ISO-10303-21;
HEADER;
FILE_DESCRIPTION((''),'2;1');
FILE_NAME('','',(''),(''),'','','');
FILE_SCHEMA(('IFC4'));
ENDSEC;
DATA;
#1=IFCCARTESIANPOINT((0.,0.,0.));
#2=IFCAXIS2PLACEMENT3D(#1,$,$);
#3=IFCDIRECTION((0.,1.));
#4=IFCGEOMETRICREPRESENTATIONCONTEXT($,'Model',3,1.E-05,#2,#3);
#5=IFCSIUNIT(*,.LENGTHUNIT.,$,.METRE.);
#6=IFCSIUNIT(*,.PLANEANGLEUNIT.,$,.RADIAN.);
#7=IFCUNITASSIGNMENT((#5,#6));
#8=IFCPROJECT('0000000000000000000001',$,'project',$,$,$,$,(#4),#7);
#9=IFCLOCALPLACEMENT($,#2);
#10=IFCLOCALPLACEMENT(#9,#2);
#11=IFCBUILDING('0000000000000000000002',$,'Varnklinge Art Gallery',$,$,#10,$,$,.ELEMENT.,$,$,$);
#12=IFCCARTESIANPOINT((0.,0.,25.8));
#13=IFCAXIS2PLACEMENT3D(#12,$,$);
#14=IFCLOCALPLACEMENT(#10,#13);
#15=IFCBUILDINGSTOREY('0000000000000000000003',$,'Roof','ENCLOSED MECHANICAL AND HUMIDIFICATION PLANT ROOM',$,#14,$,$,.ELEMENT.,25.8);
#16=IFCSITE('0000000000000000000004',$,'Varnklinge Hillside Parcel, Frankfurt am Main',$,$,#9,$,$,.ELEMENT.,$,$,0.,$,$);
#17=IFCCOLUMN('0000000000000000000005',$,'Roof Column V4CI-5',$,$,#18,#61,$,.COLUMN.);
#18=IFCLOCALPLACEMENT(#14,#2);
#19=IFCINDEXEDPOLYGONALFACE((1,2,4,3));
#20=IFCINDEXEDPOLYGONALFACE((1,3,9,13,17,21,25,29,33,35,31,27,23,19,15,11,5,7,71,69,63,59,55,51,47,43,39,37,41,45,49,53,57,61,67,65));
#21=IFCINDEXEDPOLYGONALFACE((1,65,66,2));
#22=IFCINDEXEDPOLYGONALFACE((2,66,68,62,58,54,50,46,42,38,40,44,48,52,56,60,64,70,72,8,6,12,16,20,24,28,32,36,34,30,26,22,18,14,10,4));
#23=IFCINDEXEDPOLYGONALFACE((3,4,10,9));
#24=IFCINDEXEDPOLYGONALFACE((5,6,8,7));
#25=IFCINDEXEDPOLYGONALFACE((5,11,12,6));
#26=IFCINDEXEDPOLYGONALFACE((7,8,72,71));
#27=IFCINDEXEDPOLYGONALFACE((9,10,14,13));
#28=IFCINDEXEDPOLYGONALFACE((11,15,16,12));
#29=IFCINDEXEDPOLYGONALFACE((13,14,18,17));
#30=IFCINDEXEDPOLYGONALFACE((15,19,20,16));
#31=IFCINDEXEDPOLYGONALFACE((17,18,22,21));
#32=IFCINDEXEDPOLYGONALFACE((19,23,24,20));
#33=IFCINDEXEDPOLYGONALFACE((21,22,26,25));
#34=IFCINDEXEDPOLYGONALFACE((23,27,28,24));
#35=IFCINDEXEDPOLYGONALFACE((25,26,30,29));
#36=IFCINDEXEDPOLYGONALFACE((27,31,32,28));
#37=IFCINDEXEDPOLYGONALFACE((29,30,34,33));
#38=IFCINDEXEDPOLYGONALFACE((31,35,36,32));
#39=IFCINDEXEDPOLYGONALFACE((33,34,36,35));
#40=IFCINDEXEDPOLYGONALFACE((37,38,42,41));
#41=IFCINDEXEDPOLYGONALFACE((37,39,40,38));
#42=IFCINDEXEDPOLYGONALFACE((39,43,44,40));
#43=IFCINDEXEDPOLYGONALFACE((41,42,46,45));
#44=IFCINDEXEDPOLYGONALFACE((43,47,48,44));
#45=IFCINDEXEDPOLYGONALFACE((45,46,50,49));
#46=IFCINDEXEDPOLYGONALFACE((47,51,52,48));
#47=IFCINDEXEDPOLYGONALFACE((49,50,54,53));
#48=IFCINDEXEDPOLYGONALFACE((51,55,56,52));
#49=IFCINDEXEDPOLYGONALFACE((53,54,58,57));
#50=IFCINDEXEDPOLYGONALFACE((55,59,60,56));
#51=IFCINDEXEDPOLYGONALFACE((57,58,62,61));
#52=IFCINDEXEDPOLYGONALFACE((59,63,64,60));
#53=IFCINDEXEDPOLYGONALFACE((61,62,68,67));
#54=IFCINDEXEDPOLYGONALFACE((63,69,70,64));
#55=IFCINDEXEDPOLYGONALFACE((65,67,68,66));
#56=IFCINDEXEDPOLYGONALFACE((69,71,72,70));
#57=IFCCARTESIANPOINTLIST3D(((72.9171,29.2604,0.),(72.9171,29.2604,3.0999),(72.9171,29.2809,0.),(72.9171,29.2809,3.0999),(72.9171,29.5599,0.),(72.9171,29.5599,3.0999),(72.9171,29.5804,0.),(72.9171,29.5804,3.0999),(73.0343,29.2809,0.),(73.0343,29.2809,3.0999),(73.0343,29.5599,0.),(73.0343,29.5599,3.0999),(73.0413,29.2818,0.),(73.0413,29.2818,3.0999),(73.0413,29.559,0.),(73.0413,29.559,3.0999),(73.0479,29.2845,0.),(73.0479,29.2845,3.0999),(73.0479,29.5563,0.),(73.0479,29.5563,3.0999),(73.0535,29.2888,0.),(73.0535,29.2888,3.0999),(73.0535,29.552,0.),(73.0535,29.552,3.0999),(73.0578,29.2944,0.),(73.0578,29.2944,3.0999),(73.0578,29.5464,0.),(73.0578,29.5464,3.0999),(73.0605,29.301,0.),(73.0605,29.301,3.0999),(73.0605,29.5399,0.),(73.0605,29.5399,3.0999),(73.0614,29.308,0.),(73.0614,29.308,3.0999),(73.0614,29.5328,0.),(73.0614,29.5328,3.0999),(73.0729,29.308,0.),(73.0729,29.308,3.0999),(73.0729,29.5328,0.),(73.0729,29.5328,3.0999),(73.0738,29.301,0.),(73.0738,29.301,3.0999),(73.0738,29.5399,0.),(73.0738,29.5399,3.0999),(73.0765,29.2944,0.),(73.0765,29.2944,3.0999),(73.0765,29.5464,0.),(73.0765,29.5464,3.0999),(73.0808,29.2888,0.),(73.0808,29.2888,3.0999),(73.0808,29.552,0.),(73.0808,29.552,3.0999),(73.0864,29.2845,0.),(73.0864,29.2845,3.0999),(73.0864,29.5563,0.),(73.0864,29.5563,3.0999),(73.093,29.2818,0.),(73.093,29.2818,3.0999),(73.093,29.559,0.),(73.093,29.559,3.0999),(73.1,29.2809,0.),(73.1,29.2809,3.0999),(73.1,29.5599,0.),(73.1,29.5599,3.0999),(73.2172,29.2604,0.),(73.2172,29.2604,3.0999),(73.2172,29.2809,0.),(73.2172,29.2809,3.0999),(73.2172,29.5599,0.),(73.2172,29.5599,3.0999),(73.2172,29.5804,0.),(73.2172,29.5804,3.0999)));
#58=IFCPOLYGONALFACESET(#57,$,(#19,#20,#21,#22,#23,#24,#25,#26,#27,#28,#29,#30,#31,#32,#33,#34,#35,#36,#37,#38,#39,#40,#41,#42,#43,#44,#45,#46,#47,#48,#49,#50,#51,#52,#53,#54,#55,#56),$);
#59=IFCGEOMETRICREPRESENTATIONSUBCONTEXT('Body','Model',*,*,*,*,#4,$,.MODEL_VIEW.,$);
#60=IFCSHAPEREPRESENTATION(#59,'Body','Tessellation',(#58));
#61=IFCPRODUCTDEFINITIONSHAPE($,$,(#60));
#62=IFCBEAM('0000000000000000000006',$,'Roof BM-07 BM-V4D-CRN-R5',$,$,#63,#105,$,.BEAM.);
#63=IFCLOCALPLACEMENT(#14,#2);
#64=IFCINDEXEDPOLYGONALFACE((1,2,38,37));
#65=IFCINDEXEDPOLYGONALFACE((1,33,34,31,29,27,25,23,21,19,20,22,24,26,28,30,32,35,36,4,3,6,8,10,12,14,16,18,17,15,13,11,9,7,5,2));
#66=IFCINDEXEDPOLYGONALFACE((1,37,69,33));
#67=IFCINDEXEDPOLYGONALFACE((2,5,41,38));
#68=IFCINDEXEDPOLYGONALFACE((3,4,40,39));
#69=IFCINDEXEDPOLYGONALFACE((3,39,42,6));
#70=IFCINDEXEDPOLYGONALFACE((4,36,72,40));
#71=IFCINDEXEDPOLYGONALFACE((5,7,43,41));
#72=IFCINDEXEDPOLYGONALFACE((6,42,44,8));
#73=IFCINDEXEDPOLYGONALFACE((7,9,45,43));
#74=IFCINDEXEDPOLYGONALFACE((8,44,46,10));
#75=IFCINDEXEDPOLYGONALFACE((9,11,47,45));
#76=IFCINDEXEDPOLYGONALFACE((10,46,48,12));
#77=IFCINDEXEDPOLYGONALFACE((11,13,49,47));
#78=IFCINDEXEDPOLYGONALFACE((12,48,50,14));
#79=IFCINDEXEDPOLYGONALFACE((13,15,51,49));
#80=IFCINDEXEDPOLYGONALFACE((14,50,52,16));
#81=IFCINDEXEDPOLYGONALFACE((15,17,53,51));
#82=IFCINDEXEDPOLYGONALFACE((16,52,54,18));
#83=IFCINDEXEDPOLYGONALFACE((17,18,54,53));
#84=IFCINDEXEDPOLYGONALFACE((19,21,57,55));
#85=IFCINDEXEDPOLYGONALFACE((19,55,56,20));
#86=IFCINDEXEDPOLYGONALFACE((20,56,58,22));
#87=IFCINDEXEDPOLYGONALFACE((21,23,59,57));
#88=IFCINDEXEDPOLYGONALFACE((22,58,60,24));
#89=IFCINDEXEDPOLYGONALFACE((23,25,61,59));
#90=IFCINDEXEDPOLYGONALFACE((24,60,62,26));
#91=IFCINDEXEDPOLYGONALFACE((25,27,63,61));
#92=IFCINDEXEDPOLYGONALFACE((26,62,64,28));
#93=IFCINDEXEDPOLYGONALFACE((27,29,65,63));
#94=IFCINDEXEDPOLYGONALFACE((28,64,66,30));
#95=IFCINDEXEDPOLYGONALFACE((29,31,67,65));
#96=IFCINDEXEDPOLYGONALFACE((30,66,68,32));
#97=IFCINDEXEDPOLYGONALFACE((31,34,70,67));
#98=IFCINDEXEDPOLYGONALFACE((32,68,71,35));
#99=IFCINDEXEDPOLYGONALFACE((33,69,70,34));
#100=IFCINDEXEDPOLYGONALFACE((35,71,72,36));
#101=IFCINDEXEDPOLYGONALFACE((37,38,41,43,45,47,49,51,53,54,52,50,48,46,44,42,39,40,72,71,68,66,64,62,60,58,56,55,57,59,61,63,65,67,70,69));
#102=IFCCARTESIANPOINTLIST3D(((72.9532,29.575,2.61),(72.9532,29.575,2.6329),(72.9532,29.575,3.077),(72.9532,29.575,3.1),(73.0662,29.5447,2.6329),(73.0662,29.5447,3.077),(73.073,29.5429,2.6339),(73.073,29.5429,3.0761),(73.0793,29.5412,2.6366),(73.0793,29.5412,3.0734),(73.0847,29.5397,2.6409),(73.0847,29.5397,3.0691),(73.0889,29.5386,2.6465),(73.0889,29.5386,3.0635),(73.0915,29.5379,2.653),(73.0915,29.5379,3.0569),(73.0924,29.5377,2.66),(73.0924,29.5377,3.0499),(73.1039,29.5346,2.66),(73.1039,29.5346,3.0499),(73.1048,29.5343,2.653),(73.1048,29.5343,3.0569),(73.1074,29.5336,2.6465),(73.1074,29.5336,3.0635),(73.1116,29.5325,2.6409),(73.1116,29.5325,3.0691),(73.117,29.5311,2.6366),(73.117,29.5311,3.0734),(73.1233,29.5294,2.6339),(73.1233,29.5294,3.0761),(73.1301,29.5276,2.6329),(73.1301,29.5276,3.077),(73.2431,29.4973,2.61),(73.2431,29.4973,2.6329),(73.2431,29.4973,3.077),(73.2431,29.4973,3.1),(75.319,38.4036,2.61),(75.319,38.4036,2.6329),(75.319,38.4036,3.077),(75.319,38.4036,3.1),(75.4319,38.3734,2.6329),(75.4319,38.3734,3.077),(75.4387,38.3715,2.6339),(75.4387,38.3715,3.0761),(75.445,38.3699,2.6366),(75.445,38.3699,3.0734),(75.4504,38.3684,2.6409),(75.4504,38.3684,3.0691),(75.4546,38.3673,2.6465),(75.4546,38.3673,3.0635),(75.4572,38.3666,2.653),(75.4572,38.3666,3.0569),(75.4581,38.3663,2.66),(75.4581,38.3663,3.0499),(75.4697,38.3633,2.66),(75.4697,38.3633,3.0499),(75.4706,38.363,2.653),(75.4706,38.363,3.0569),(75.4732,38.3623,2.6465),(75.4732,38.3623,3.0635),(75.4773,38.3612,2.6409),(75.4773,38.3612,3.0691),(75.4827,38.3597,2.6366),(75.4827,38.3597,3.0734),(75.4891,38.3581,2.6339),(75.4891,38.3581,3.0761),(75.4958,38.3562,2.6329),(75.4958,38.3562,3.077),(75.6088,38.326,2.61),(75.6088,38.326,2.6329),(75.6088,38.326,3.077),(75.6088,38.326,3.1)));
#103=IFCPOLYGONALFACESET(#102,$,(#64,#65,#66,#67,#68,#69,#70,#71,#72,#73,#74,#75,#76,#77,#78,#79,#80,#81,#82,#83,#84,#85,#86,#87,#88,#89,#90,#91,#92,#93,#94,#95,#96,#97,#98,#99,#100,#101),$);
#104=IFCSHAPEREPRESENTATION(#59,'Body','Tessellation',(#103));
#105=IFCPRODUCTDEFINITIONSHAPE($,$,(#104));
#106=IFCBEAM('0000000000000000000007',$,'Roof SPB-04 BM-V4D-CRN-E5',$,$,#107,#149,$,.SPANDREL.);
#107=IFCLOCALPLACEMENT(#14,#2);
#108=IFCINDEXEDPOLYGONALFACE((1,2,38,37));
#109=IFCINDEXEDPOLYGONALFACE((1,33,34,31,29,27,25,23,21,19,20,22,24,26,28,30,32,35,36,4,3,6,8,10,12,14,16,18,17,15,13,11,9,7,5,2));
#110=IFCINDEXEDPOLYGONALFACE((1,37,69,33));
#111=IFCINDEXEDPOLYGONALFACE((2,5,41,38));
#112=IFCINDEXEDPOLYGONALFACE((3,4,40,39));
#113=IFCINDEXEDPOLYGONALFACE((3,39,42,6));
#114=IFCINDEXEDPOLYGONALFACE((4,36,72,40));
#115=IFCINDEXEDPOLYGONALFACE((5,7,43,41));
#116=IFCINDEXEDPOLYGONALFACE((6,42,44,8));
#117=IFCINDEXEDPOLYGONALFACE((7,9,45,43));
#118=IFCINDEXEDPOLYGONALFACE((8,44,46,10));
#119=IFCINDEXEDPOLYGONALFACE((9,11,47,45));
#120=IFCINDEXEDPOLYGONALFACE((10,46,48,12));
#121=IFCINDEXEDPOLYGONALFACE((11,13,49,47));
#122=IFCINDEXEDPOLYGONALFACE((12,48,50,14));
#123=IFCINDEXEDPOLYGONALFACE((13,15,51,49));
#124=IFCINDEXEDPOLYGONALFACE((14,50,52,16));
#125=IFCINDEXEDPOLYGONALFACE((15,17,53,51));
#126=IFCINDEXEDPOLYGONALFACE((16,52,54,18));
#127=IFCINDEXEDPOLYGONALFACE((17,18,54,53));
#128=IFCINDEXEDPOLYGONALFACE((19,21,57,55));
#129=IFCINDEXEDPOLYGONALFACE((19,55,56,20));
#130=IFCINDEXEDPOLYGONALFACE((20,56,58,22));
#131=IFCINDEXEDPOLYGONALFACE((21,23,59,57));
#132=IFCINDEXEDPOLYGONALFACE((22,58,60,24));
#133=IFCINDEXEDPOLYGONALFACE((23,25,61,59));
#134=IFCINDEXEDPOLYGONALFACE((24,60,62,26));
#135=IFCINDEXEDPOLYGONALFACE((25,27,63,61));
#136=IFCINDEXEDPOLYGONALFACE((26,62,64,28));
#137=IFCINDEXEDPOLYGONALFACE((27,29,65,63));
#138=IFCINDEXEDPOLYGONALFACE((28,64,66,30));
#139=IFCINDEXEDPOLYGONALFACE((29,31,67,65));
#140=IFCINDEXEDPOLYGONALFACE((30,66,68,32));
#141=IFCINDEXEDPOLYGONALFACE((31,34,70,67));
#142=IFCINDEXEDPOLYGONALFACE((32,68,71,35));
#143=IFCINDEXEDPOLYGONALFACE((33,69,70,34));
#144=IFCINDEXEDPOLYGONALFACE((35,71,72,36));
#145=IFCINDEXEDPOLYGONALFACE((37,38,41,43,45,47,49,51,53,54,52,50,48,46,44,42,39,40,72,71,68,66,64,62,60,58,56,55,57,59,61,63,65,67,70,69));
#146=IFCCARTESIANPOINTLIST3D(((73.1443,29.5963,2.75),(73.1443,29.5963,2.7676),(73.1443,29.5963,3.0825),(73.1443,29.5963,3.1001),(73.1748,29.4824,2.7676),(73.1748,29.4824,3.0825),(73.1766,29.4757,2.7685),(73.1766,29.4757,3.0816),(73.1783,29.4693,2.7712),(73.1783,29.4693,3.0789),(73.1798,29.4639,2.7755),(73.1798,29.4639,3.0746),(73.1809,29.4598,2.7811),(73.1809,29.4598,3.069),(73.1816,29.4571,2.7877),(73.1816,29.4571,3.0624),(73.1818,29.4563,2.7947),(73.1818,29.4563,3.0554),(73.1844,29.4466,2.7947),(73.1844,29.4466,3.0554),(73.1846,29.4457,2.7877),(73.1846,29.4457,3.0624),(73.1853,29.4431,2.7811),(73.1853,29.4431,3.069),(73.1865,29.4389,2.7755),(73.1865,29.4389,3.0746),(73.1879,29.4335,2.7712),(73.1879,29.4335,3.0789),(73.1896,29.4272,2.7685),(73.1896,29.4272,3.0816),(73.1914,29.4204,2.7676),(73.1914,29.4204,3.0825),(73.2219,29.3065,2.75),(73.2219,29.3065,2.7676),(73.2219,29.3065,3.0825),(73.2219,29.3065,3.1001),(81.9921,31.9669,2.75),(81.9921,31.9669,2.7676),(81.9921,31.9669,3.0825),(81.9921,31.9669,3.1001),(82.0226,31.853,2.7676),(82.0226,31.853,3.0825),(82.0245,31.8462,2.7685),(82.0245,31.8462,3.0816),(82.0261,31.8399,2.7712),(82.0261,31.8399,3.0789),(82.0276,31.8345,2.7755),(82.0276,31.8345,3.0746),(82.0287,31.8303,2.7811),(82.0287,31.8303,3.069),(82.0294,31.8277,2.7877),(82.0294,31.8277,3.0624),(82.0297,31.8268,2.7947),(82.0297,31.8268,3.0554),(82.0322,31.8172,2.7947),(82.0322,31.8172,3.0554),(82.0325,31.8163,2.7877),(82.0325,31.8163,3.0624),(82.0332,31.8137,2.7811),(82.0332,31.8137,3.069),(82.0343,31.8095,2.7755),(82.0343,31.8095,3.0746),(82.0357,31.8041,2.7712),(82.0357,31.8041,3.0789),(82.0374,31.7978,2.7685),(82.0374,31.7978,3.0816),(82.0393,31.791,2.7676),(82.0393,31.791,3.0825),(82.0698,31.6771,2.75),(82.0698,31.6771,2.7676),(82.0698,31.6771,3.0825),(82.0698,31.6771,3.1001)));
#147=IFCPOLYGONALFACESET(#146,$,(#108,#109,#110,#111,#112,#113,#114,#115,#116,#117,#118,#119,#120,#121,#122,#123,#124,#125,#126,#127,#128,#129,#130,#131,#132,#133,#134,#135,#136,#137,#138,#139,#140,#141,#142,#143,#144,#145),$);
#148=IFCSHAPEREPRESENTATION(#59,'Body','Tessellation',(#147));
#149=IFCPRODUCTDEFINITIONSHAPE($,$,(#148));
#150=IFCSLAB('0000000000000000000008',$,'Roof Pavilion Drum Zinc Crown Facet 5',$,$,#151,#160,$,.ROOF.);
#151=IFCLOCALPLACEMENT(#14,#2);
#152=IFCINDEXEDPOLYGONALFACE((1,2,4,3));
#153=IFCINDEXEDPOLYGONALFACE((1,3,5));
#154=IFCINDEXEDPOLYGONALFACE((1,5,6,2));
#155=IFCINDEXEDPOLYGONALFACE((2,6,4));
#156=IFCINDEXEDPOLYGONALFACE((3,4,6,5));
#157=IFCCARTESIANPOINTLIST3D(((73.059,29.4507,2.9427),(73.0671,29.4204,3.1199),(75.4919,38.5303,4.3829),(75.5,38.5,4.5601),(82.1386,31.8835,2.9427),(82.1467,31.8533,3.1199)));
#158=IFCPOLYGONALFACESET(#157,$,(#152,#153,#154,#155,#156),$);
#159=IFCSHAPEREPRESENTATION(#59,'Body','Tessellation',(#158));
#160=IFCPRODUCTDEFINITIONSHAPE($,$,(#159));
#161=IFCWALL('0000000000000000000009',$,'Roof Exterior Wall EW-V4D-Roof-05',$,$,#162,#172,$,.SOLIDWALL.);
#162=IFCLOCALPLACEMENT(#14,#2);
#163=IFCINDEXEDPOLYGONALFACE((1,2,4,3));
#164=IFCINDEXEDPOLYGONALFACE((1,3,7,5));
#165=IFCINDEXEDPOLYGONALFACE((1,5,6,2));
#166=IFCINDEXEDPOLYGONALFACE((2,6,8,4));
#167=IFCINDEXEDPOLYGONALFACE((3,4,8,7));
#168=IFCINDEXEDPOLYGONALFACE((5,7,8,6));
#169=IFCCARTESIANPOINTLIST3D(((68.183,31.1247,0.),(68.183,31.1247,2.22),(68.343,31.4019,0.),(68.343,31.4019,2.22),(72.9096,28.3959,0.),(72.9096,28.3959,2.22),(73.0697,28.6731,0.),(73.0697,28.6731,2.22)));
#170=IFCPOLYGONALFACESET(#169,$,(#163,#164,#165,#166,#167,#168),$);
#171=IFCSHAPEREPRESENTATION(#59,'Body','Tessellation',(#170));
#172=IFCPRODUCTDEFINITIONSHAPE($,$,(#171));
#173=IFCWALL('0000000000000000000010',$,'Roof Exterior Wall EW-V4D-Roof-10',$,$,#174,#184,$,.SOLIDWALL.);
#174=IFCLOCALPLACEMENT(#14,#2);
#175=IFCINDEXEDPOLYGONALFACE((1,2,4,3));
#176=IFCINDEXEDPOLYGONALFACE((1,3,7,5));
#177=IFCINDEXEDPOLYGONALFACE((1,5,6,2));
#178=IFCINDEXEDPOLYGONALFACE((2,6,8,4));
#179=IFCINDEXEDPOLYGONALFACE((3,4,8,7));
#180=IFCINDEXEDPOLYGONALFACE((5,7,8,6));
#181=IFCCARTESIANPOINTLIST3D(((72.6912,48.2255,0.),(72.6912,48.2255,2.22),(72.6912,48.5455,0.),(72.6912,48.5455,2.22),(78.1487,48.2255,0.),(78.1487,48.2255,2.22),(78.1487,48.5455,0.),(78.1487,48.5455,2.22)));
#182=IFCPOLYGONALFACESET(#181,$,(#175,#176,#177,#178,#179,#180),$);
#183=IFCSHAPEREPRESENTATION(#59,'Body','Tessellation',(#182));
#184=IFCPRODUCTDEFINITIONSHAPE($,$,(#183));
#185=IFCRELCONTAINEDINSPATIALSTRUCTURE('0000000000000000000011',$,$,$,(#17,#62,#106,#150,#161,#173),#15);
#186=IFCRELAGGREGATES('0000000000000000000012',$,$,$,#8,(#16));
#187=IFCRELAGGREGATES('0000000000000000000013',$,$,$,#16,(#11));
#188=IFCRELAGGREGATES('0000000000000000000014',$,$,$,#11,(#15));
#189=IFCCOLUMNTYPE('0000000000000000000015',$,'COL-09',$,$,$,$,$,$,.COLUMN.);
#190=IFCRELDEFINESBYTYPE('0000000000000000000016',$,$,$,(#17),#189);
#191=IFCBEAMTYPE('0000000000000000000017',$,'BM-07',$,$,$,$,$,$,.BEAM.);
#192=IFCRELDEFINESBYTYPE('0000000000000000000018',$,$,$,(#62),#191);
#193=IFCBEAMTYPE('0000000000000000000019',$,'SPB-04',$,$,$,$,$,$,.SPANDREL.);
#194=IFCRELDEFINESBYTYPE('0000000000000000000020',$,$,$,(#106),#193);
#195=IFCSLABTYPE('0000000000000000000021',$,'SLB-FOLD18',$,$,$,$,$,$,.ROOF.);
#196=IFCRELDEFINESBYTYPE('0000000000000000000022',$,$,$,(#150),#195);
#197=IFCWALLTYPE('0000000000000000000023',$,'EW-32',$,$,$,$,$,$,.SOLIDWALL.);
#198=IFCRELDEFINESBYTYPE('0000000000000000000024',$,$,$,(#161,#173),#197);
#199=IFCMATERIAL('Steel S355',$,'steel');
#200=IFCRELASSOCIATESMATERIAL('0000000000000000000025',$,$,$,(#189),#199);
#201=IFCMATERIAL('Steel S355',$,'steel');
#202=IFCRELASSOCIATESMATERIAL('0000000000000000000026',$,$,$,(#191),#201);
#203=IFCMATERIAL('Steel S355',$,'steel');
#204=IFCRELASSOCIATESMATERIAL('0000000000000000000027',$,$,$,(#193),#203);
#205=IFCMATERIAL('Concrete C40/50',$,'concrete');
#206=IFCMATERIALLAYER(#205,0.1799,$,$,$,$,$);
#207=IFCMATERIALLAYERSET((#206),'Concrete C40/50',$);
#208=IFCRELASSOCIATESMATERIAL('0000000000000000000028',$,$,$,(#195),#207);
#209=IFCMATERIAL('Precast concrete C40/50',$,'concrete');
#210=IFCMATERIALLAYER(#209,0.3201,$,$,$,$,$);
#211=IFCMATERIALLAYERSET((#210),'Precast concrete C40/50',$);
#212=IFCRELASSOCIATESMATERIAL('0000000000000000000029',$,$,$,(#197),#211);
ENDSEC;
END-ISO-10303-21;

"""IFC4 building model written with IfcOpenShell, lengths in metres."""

from ifc_helpers import new_model, si_unit, direction, frame, frame_2d, origin, origin_2d, place, context, subcontext, project, spatial, polyline, rectangle, i_section, outline, extrude, material, layer, layer_set, material_profile, profile_set, type_object, element, save


model = new_model("IFC4")

# Units and contexts
model_context = context("Model", 3, precision=1e-05, world=origin(), true_north=direction((0.0, 1.0)))
body_context = subcontext(model_context, "Body", "Model", "MODEL_VIEW")
ifc_project = project(units=[si_unit("LENGTHUNIT", "METRE"), si_unit("PLANEANGLEUNIT", "RADIAN")], contexts=[model_context])

# Site, building, storey
site_placement = place(None, origin())
site = spatial("IfcSite", under=ifc_project, at=site_placement, Name="Varnklinge Hillside Parcel, Frankfurt am Main", CompositionType="ELEMENT", RefElevation=0.0)
building_placement = place(site_placement, origin())
building = spatial("IfcBuilding", under=site, at=building_placement, Name="Varnklinge Art Gallery", CompositionType="ELEMENT")
storey_placement = place(building_placement, frame((0.0, 0.0, 25.8)))
storey = spatial("IfcBuildingStorey", under=building, at=storey_placement, Name="Roof", Description="ENCLOSED MECHANICAL AND HUMIDIFICATION PLANT ROOM", CompositionType="ELEMENT", Elevation=25.8)

# Column
ifc_material_1 = material(Name="Steel S355", Category="steel")
ifc_material_profile_1 = material_profile(ifc_material_1, i_section(OverallWidth=0.3, OverallDepth=0.3201, WebThickness=0.0115, FlangeThickness=0.0205, FilletRadius=0.0271, at=origin_2d()), Name="HEB 320")
ifc_profile_set_1 = profile_set([ifc_material_profile_1], Name="Steel S355")
column_type = type_object("IfcColumnType", Name="COL-09", PredefinedType="COLUMN", material=ifc_profile_set_1)
column_placement = place(storey_placement, frame((73.0671, 29.4204, 0.0), z_axis=(0.0, 0.0, 1.0), x_axis=(1.0, 0.0, 0.0)))
element("IfcColumn", 1, at=column_placement, inside=storey, type_object=column_type, Name="Roof Column V4CI-5", PredefinedType="COLUMN", context=body_context, shape_type="SweptSolid", body=[
    extrude(i_section(OverallWidth=0.3, OverallDepth=0.3201, WebThickness=0.0115, FlangeThickness=0.0205, FilletRadius=0.0271, at=origin_2d()), origin(), (0.0, 0.0, 1.0), 3.0999),
])

# Beams
ifc_material_2 = material(Name="Steel S355", Category="steel")
ifc_material_profile_2 = material_profile(ifc_material_2, i_section(OverallWidth=0.3, OverallDepth=0.49, WebThickness=0.012, FlangeThickness=0.0229, FilletRadius=0.0271, at=origin_2d()), Name="HEA 500")
ifc_profile_set_2 = profile_set([ifc_material_profile_2], Name="Steel S355")
beam_type_1 = type_object("IfcBeamType", Name="BM-07", PredefinedType="BEAM", material=ifc_profile_set_2)
beam_1_placement = place(storey_placement, frame((73.0981, 29.5361, 2.855), z_axis=(0.25883, 0.965923, 0.0), x_axis=(-0.965923, 0.25883, 0.0)))
element("IfcBeam", 2, at=beam_1_placement, inside=storey, type_object=beam_type_1, Name="Roof BM-07 BM-V4D-CRN-R5", PredefinedType="BEAM", context=body_context, shape_type="SweptSolid", body=[
    extrude(i_section(OverallWidth=0.3, OverallDepth=0.49, WebThickness=0.012, FlangeThickness=0.0229, FilletRadius=0.0271, at=origin_2d()), origin(), (0.0, 0.0, 1.0), 9.1401),
])
ifc_material_3 = material(Name="Steel S355", Category="steel")
ifc_material_profile_3 = material_profile(ifc_material_3, i_section(OverallWidth=0.3, OverallDepth=0.3501, WebThickness=0.01, FlangeThickness=0.0176, FilletRadius=0.0271, at=origin_2d()), Name="HEA 360")
ifc_profile_set_3 = profile_set([ifc_material_profile_3], Name="Steel S355")
beam_type_2 = type_object("IfcBeamType", Name="SPB-04", PredefinedType="SPANDREL", material=ifc_profile_set_3)
beam_2_placement = place(storey_placement, frame((73.1831, 29.4514, 2.925), z_axis=(0.965931, 0.2588, 0.0), x_axis=(-0.2588, 0.965931, 0.0)))
element("IfcBeam", 3, at=beam_2_placement, inside=storey, type_object=beam_type_2, Name="Roof SPB-04 BM-V4D-CRN-E5", PredefinedType="SPANDREL", context=body_context, shape_type="SweptSolid", body=[
    extrude(i_section(OverallWidth=0.3, OverallDepth=0.3501, WebThickness=0.01, FlangeThickness=0.0176, FilletRadius=0.0271, at=origin_2d()), origin(), (0.0, 0.0, 1.0), 9.1599),
])

# Slab
ifc_material_4 = material(Name="Concrete C40/50", Category="concrete")
ifc_layer_1 = layer(ifc_material_4, 0.1799)
ifc_layer_set_1 = layer_set([ifc_layer_1], Name="Concrete C40/50")
slab_type = type_object("IfcSlabType", Name="SLB-FOLD18", PredefinedType="ROOF", material=ifc_layer_set_1)
slab_placement = place(storey_placement, frame((73.0671, 29.4204, 3.1199), z_axis=(0.045089, -0.168274, 0.984709), x_axis=(0.965926, 0.258818, 0.0)))
element("IfcSlab", 4, at=slab_placement, inside=storey, type_object=slab_type, Name="Roof Pavilion Drum Zinc Crown Facet 5", PredefinedType="ROOF", context=body_context, shape_type="SweptSolid", body=[
    extrude(outline(polyline([(0.0, 0.0), (9.3999, 0.0), (4.6999, 8.267), (0.0, 0.0)])), origin(), (0.0, 0.0, -1.0), 0.1799),
])

# Walls
ifc_material_5 = material(Name="Precast concrete C40/50", Category="concrete")
ifc_layer_2 = layer(ifc_material_5, 0.3201)
ifc_layer_set_2 = layer_set([ifc_layer_2], Name="Precast concrete C40/50")
wall_type_1 = type_object("IfcWallType", Name="EW-32", PredefinedType="SOLIDWALL", material=ifc_layer_set_2)
wall_1_placement = place(storey_placement, frame((72.9897, 28.5344, 0.0), z_axis=(0.0, 0.0, 1.0), x_axis=(-0.866035, 0.499983, 0.0)))
element("IfcWall", 5, at=wall_1_placement, inside=storey, type_object=wall_type_1, Name="Roof Exterior Wall EW-V4D-Roof-05", PredefinedType="SOLIDWALL", context=body_context, shape_type="SweptSolid", body=[
    extrude(rectangle(XDim=5.4578, YDim=0.3201, at=frame_2d((2.729, 0.0))), origin(), (0.0, 0.0, 1.0), 2.22),
])
wall_2_placement = place(storey_placement, frame((72.6912, 48.3855, 0.0), z_axis=(0.0, 0.0, 1.0), x_axis=(1.0, 0.0, 0.0)))
element("IfcWall", 6, at=wall_2_placement, inside=storey, type_object=wall_type_1, Name="Roof Exterior Wall EW-V4D-Roof-10", PredefinedType="SOLIDWALL", context=body_context, shape_type="SweptSolid", body=[
    extrude(rectangle(XDim=5.4575, YDim=0.3201, at=frame_2d((2.7288, 0.0))), origin(), (0.0, 0.0, 1.0), 2.22),
])

save(model, "model.ifc")
